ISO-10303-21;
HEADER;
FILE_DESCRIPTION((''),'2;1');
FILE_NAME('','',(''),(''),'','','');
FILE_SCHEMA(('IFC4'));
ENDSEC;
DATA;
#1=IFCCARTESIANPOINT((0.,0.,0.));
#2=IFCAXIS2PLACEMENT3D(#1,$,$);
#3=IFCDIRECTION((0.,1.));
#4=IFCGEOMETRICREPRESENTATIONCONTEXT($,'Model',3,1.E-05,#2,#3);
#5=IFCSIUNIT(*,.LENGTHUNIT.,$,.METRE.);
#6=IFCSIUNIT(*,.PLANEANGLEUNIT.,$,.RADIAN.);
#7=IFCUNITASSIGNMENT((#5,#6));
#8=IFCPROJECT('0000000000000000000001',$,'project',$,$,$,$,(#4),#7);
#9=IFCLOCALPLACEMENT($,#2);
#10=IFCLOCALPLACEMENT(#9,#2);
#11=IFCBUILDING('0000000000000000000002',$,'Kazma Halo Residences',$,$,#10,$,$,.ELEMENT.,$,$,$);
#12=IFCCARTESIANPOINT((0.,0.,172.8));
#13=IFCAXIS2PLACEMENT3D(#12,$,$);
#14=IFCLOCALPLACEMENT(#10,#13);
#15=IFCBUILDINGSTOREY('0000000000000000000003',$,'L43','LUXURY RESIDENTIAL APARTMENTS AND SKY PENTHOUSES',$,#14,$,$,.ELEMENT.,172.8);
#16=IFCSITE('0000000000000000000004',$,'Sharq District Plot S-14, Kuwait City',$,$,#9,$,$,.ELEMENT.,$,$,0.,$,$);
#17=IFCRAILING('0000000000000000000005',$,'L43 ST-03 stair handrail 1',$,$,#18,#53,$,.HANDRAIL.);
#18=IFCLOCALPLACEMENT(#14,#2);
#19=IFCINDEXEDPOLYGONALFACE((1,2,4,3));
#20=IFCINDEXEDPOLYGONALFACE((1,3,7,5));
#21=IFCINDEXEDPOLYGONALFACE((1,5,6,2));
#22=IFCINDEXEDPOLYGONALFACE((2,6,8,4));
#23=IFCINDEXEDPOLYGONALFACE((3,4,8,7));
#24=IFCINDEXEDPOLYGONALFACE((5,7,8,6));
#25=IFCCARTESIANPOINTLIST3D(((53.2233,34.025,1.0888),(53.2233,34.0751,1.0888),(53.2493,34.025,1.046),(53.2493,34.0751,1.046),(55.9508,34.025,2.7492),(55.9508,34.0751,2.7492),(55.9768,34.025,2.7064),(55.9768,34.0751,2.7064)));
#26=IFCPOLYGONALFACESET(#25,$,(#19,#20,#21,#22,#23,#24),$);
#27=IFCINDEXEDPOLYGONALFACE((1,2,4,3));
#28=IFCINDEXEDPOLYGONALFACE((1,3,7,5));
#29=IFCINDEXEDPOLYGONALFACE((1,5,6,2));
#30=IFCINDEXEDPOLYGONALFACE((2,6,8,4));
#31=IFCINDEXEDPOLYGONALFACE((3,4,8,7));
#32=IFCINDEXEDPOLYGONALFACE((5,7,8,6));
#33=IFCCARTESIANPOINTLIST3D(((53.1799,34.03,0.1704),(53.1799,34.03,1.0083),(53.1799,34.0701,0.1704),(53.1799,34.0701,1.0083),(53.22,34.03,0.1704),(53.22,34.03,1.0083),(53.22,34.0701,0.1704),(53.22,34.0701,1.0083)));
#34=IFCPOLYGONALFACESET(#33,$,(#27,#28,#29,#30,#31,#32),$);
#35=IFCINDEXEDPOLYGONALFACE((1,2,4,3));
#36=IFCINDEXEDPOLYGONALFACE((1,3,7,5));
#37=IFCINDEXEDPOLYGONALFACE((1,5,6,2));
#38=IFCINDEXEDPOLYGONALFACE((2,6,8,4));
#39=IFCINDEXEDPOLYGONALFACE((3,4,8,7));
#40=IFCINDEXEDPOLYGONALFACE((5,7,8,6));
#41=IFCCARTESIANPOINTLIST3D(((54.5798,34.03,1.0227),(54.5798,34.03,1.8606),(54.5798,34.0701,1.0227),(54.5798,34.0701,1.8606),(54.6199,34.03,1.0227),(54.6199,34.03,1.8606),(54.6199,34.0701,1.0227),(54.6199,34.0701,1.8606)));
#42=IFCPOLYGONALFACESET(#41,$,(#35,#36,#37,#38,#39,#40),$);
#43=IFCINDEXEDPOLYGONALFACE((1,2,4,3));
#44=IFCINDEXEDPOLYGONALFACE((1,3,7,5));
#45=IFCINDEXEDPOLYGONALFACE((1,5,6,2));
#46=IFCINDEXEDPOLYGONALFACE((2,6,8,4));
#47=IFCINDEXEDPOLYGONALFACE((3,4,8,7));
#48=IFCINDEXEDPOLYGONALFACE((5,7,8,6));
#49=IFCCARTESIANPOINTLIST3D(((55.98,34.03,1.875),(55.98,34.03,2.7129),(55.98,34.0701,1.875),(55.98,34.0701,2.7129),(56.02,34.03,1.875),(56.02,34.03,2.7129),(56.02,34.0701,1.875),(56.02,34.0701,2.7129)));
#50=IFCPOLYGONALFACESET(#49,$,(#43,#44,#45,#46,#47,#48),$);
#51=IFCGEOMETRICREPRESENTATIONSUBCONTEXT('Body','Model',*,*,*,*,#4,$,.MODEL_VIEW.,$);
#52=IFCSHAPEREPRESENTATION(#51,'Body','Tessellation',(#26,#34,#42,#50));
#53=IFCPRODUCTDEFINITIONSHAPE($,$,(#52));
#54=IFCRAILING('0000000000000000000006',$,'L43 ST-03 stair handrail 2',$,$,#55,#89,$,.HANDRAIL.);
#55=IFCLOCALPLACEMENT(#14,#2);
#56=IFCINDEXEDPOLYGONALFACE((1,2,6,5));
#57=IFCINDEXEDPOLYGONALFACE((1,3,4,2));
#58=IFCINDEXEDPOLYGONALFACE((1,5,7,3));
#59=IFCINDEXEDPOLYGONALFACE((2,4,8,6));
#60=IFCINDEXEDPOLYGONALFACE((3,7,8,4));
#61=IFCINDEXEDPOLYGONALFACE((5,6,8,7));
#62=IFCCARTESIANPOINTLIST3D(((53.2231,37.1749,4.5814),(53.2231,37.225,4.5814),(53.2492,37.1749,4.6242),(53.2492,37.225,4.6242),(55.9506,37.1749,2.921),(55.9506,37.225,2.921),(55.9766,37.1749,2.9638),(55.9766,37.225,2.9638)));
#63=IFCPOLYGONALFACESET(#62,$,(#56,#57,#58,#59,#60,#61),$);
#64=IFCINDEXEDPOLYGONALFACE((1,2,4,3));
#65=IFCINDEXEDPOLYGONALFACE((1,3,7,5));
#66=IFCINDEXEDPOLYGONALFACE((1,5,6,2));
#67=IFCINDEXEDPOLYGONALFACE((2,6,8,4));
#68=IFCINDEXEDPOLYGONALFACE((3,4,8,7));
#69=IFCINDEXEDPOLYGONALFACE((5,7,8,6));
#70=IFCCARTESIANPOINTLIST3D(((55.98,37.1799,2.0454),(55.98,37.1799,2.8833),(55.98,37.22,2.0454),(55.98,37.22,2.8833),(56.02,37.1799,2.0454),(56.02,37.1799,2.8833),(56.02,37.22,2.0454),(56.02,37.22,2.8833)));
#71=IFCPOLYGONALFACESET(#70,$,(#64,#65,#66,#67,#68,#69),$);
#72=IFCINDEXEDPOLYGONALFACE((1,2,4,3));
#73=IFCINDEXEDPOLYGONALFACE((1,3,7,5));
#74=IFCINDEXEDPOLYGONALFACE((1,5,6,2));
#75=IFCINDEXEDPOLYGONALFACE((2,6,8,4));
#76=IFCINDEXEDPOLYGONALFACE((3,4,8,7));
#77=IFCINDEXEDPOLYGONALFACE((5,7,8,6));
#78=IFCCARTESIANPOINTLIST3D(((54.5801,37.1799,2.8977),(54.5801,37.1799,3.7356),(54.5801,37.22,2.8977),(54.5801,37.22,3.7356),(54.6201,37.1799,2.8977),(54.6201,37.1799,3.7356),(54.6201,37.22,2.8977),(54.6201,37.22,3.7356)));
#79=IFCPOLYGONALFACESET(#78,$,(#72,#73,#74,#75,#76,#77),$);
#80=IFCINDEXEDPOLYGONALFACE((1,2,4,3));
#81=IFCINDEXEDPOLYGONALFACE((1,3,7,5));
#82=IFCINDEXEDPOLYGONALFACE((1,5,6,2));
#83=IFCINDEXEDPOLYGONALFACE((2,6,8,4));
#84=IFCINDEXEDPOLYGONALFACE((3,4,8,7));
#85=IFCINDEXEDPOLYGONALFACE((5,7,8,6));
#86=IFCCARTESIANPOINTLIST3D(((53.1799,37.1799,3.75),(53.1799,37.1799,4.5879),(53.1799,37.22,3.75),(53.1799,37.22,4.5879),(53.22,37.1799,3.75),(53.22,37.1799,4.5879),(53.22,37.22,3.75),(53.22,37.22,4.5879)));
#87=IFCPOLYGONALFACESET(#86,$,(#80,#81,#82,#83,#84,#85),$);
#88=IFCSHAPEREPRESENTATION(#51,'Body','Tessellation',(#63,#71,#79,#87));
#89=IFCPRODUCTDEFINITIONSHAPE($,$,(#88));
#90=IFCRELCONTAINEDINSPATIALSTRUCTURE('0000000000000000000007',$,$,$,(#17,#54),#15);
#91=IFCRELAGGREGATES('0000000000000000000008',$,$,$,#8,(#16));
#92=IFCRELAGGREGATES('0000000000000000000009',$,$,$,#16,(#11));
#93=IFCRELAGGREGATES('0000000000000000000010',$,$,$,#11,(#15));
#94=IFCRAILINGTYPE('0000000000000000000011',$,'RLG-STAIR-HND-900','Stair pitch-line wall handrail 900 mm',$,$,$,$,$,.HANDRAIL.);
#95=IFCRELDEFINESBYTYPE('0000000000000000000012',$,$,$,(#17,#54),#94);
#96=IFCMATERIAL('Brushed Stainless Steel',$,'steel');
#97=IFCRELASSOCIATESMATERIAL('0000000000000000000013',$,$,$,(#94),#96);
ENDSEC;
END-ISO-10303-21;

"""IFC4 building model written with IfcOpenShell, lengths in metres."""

from ifc_helpers import new_model, si_unit, direction, frame, origin, origin_2d, place, context, subcontext, project, spatial, rectangle, extrude, material, type_object, element, save


model = new_model("IFC4")

# Units and contexts
model_context = context("Model", 3, precision=1e-05, world=origin(), true_north=direction((0.0, 1.0)))
body_context = subcontext(model_context, "Body", "Model", "MODEL_VIEW")
ifc_project = project(units=[si_unit("LENGTHUNIT", "METRE"), si_unit("PLANEANGLEUNIT", "RADIAN")], contexts=[model_context])

# Site, building, storey
site_placement = place(None, origin())
site = spatial("IfcSite", under=ifc_project, at=site_placement, Name="Sharq District Plot S-14, Kuwait City", CompositionType="ELEMENT", RefElevation=0.0)
building_placement = place(site_placement, origin())
building = spatial("IfcBuilding", under=site, at=building_placement, Name="Kazma Halo Residences", CompositionType="ELEMENT")
storey_placement = place(building_placement, frame((0.0, 0.0, 172.8)))
storey = spatial("IfcBuildingStorey", under=building, at=storey_placement, Name="L43", Description="LUXURY RESIDENTIAL APARTMENTS AND SKY PENTHOUSES", CompositionType="ELEMENT", Elevation=172.8)

# Railings
ifc_material_1 = material(Name="Brushed Stainless Steel", Category="steel")
railing_type_1 = type_object("IfcRailingType", Name="RLG-STAIR-HND-900", Description="Stair pitch-line wall handrail 900 mm", PredefinedType="HANDRAIL", material=ifc_material_1)
railing_1_placement = place(storey_placement, frame((53.2, 34.05, 0.1704)))
element("IfcRailing", 1, at=railing_1_placement, inside=storey, type_object=railing_type_1, Name="L43 ST-03 stair handrail 1", PredefinedType="HANDRAIL", context=body_context, shape_type="SweptSolid", body=[
    extrude(rectangle(XDim=0.05, YDim=0.05, at=origin_2d()), frame((0.0364, 0.0, 0.897), z_axis=(0.85417, 0.0, 0.519994), x_axis=(0.0, 1.0, 0.0)), (0.0, 0.0, 1.0), 3.1931),
    extrude(rectangle(XDim=0.04, YDim=0.04, at=origin_2d()), origin(), (0.0, 0.0, 1.0), 0.8379),
    extrude(rectangle(XDim=0.04, YDim=0.04, at=origin_2d()), frame((1.3999, 0.0, 0.8523)), (0.0, 0.0, 1.0), 0.8379),
    extrude(rectangle(XDim=0.04, YDim=0.04, at=origin_2d()), frame((2.8, 0.0, 1.7046)), (0.0, 0.0, 1.0), 0.8379),
])
railing_2_placement = place(storey_placement, frame((56.0, 37.2, 2.0454)))
element("IfcRailing", 2, at=railing_2_placement, inside=storey, type_object=railing_type_1, Name="L43 ST-03 stair handrail 2", PredefinedType="HANDRAIL", context=body_context, shape_type="SweptSolid", body=[
    extrude(rectangle(XDim=0.05, YDim=0.05, at=origin_2d()), frame((-0.0364, 0.0, 0.897), z_axis=(-0.85417, 0.0, 0.519994), x_axis=(0.0, -1.0, 0.0)), (0.0, 0.0, 1.0), 3.1931),
    extrude(rectangle(XDim=0.04, YDim=0.04, at=origin_2d()), origin(), (0.0, 0.0, 1.0), 0.8379),
    extrude(rectangle(XDim=0.04, YDim=0.04, at=origin_2d()), frame((-1.3999, 0.0, 0.8523)), (0.0, 0.0, 1.0), 0.8379),
    extrude(rectangle(XDim=0.04, YDim=0.04, at=origin_2d()), frame((-2.8, 0.0, 1.7046)), (0.0, 0.0, 1.0), 0.8379),
])

save(model, "model.ifc")
